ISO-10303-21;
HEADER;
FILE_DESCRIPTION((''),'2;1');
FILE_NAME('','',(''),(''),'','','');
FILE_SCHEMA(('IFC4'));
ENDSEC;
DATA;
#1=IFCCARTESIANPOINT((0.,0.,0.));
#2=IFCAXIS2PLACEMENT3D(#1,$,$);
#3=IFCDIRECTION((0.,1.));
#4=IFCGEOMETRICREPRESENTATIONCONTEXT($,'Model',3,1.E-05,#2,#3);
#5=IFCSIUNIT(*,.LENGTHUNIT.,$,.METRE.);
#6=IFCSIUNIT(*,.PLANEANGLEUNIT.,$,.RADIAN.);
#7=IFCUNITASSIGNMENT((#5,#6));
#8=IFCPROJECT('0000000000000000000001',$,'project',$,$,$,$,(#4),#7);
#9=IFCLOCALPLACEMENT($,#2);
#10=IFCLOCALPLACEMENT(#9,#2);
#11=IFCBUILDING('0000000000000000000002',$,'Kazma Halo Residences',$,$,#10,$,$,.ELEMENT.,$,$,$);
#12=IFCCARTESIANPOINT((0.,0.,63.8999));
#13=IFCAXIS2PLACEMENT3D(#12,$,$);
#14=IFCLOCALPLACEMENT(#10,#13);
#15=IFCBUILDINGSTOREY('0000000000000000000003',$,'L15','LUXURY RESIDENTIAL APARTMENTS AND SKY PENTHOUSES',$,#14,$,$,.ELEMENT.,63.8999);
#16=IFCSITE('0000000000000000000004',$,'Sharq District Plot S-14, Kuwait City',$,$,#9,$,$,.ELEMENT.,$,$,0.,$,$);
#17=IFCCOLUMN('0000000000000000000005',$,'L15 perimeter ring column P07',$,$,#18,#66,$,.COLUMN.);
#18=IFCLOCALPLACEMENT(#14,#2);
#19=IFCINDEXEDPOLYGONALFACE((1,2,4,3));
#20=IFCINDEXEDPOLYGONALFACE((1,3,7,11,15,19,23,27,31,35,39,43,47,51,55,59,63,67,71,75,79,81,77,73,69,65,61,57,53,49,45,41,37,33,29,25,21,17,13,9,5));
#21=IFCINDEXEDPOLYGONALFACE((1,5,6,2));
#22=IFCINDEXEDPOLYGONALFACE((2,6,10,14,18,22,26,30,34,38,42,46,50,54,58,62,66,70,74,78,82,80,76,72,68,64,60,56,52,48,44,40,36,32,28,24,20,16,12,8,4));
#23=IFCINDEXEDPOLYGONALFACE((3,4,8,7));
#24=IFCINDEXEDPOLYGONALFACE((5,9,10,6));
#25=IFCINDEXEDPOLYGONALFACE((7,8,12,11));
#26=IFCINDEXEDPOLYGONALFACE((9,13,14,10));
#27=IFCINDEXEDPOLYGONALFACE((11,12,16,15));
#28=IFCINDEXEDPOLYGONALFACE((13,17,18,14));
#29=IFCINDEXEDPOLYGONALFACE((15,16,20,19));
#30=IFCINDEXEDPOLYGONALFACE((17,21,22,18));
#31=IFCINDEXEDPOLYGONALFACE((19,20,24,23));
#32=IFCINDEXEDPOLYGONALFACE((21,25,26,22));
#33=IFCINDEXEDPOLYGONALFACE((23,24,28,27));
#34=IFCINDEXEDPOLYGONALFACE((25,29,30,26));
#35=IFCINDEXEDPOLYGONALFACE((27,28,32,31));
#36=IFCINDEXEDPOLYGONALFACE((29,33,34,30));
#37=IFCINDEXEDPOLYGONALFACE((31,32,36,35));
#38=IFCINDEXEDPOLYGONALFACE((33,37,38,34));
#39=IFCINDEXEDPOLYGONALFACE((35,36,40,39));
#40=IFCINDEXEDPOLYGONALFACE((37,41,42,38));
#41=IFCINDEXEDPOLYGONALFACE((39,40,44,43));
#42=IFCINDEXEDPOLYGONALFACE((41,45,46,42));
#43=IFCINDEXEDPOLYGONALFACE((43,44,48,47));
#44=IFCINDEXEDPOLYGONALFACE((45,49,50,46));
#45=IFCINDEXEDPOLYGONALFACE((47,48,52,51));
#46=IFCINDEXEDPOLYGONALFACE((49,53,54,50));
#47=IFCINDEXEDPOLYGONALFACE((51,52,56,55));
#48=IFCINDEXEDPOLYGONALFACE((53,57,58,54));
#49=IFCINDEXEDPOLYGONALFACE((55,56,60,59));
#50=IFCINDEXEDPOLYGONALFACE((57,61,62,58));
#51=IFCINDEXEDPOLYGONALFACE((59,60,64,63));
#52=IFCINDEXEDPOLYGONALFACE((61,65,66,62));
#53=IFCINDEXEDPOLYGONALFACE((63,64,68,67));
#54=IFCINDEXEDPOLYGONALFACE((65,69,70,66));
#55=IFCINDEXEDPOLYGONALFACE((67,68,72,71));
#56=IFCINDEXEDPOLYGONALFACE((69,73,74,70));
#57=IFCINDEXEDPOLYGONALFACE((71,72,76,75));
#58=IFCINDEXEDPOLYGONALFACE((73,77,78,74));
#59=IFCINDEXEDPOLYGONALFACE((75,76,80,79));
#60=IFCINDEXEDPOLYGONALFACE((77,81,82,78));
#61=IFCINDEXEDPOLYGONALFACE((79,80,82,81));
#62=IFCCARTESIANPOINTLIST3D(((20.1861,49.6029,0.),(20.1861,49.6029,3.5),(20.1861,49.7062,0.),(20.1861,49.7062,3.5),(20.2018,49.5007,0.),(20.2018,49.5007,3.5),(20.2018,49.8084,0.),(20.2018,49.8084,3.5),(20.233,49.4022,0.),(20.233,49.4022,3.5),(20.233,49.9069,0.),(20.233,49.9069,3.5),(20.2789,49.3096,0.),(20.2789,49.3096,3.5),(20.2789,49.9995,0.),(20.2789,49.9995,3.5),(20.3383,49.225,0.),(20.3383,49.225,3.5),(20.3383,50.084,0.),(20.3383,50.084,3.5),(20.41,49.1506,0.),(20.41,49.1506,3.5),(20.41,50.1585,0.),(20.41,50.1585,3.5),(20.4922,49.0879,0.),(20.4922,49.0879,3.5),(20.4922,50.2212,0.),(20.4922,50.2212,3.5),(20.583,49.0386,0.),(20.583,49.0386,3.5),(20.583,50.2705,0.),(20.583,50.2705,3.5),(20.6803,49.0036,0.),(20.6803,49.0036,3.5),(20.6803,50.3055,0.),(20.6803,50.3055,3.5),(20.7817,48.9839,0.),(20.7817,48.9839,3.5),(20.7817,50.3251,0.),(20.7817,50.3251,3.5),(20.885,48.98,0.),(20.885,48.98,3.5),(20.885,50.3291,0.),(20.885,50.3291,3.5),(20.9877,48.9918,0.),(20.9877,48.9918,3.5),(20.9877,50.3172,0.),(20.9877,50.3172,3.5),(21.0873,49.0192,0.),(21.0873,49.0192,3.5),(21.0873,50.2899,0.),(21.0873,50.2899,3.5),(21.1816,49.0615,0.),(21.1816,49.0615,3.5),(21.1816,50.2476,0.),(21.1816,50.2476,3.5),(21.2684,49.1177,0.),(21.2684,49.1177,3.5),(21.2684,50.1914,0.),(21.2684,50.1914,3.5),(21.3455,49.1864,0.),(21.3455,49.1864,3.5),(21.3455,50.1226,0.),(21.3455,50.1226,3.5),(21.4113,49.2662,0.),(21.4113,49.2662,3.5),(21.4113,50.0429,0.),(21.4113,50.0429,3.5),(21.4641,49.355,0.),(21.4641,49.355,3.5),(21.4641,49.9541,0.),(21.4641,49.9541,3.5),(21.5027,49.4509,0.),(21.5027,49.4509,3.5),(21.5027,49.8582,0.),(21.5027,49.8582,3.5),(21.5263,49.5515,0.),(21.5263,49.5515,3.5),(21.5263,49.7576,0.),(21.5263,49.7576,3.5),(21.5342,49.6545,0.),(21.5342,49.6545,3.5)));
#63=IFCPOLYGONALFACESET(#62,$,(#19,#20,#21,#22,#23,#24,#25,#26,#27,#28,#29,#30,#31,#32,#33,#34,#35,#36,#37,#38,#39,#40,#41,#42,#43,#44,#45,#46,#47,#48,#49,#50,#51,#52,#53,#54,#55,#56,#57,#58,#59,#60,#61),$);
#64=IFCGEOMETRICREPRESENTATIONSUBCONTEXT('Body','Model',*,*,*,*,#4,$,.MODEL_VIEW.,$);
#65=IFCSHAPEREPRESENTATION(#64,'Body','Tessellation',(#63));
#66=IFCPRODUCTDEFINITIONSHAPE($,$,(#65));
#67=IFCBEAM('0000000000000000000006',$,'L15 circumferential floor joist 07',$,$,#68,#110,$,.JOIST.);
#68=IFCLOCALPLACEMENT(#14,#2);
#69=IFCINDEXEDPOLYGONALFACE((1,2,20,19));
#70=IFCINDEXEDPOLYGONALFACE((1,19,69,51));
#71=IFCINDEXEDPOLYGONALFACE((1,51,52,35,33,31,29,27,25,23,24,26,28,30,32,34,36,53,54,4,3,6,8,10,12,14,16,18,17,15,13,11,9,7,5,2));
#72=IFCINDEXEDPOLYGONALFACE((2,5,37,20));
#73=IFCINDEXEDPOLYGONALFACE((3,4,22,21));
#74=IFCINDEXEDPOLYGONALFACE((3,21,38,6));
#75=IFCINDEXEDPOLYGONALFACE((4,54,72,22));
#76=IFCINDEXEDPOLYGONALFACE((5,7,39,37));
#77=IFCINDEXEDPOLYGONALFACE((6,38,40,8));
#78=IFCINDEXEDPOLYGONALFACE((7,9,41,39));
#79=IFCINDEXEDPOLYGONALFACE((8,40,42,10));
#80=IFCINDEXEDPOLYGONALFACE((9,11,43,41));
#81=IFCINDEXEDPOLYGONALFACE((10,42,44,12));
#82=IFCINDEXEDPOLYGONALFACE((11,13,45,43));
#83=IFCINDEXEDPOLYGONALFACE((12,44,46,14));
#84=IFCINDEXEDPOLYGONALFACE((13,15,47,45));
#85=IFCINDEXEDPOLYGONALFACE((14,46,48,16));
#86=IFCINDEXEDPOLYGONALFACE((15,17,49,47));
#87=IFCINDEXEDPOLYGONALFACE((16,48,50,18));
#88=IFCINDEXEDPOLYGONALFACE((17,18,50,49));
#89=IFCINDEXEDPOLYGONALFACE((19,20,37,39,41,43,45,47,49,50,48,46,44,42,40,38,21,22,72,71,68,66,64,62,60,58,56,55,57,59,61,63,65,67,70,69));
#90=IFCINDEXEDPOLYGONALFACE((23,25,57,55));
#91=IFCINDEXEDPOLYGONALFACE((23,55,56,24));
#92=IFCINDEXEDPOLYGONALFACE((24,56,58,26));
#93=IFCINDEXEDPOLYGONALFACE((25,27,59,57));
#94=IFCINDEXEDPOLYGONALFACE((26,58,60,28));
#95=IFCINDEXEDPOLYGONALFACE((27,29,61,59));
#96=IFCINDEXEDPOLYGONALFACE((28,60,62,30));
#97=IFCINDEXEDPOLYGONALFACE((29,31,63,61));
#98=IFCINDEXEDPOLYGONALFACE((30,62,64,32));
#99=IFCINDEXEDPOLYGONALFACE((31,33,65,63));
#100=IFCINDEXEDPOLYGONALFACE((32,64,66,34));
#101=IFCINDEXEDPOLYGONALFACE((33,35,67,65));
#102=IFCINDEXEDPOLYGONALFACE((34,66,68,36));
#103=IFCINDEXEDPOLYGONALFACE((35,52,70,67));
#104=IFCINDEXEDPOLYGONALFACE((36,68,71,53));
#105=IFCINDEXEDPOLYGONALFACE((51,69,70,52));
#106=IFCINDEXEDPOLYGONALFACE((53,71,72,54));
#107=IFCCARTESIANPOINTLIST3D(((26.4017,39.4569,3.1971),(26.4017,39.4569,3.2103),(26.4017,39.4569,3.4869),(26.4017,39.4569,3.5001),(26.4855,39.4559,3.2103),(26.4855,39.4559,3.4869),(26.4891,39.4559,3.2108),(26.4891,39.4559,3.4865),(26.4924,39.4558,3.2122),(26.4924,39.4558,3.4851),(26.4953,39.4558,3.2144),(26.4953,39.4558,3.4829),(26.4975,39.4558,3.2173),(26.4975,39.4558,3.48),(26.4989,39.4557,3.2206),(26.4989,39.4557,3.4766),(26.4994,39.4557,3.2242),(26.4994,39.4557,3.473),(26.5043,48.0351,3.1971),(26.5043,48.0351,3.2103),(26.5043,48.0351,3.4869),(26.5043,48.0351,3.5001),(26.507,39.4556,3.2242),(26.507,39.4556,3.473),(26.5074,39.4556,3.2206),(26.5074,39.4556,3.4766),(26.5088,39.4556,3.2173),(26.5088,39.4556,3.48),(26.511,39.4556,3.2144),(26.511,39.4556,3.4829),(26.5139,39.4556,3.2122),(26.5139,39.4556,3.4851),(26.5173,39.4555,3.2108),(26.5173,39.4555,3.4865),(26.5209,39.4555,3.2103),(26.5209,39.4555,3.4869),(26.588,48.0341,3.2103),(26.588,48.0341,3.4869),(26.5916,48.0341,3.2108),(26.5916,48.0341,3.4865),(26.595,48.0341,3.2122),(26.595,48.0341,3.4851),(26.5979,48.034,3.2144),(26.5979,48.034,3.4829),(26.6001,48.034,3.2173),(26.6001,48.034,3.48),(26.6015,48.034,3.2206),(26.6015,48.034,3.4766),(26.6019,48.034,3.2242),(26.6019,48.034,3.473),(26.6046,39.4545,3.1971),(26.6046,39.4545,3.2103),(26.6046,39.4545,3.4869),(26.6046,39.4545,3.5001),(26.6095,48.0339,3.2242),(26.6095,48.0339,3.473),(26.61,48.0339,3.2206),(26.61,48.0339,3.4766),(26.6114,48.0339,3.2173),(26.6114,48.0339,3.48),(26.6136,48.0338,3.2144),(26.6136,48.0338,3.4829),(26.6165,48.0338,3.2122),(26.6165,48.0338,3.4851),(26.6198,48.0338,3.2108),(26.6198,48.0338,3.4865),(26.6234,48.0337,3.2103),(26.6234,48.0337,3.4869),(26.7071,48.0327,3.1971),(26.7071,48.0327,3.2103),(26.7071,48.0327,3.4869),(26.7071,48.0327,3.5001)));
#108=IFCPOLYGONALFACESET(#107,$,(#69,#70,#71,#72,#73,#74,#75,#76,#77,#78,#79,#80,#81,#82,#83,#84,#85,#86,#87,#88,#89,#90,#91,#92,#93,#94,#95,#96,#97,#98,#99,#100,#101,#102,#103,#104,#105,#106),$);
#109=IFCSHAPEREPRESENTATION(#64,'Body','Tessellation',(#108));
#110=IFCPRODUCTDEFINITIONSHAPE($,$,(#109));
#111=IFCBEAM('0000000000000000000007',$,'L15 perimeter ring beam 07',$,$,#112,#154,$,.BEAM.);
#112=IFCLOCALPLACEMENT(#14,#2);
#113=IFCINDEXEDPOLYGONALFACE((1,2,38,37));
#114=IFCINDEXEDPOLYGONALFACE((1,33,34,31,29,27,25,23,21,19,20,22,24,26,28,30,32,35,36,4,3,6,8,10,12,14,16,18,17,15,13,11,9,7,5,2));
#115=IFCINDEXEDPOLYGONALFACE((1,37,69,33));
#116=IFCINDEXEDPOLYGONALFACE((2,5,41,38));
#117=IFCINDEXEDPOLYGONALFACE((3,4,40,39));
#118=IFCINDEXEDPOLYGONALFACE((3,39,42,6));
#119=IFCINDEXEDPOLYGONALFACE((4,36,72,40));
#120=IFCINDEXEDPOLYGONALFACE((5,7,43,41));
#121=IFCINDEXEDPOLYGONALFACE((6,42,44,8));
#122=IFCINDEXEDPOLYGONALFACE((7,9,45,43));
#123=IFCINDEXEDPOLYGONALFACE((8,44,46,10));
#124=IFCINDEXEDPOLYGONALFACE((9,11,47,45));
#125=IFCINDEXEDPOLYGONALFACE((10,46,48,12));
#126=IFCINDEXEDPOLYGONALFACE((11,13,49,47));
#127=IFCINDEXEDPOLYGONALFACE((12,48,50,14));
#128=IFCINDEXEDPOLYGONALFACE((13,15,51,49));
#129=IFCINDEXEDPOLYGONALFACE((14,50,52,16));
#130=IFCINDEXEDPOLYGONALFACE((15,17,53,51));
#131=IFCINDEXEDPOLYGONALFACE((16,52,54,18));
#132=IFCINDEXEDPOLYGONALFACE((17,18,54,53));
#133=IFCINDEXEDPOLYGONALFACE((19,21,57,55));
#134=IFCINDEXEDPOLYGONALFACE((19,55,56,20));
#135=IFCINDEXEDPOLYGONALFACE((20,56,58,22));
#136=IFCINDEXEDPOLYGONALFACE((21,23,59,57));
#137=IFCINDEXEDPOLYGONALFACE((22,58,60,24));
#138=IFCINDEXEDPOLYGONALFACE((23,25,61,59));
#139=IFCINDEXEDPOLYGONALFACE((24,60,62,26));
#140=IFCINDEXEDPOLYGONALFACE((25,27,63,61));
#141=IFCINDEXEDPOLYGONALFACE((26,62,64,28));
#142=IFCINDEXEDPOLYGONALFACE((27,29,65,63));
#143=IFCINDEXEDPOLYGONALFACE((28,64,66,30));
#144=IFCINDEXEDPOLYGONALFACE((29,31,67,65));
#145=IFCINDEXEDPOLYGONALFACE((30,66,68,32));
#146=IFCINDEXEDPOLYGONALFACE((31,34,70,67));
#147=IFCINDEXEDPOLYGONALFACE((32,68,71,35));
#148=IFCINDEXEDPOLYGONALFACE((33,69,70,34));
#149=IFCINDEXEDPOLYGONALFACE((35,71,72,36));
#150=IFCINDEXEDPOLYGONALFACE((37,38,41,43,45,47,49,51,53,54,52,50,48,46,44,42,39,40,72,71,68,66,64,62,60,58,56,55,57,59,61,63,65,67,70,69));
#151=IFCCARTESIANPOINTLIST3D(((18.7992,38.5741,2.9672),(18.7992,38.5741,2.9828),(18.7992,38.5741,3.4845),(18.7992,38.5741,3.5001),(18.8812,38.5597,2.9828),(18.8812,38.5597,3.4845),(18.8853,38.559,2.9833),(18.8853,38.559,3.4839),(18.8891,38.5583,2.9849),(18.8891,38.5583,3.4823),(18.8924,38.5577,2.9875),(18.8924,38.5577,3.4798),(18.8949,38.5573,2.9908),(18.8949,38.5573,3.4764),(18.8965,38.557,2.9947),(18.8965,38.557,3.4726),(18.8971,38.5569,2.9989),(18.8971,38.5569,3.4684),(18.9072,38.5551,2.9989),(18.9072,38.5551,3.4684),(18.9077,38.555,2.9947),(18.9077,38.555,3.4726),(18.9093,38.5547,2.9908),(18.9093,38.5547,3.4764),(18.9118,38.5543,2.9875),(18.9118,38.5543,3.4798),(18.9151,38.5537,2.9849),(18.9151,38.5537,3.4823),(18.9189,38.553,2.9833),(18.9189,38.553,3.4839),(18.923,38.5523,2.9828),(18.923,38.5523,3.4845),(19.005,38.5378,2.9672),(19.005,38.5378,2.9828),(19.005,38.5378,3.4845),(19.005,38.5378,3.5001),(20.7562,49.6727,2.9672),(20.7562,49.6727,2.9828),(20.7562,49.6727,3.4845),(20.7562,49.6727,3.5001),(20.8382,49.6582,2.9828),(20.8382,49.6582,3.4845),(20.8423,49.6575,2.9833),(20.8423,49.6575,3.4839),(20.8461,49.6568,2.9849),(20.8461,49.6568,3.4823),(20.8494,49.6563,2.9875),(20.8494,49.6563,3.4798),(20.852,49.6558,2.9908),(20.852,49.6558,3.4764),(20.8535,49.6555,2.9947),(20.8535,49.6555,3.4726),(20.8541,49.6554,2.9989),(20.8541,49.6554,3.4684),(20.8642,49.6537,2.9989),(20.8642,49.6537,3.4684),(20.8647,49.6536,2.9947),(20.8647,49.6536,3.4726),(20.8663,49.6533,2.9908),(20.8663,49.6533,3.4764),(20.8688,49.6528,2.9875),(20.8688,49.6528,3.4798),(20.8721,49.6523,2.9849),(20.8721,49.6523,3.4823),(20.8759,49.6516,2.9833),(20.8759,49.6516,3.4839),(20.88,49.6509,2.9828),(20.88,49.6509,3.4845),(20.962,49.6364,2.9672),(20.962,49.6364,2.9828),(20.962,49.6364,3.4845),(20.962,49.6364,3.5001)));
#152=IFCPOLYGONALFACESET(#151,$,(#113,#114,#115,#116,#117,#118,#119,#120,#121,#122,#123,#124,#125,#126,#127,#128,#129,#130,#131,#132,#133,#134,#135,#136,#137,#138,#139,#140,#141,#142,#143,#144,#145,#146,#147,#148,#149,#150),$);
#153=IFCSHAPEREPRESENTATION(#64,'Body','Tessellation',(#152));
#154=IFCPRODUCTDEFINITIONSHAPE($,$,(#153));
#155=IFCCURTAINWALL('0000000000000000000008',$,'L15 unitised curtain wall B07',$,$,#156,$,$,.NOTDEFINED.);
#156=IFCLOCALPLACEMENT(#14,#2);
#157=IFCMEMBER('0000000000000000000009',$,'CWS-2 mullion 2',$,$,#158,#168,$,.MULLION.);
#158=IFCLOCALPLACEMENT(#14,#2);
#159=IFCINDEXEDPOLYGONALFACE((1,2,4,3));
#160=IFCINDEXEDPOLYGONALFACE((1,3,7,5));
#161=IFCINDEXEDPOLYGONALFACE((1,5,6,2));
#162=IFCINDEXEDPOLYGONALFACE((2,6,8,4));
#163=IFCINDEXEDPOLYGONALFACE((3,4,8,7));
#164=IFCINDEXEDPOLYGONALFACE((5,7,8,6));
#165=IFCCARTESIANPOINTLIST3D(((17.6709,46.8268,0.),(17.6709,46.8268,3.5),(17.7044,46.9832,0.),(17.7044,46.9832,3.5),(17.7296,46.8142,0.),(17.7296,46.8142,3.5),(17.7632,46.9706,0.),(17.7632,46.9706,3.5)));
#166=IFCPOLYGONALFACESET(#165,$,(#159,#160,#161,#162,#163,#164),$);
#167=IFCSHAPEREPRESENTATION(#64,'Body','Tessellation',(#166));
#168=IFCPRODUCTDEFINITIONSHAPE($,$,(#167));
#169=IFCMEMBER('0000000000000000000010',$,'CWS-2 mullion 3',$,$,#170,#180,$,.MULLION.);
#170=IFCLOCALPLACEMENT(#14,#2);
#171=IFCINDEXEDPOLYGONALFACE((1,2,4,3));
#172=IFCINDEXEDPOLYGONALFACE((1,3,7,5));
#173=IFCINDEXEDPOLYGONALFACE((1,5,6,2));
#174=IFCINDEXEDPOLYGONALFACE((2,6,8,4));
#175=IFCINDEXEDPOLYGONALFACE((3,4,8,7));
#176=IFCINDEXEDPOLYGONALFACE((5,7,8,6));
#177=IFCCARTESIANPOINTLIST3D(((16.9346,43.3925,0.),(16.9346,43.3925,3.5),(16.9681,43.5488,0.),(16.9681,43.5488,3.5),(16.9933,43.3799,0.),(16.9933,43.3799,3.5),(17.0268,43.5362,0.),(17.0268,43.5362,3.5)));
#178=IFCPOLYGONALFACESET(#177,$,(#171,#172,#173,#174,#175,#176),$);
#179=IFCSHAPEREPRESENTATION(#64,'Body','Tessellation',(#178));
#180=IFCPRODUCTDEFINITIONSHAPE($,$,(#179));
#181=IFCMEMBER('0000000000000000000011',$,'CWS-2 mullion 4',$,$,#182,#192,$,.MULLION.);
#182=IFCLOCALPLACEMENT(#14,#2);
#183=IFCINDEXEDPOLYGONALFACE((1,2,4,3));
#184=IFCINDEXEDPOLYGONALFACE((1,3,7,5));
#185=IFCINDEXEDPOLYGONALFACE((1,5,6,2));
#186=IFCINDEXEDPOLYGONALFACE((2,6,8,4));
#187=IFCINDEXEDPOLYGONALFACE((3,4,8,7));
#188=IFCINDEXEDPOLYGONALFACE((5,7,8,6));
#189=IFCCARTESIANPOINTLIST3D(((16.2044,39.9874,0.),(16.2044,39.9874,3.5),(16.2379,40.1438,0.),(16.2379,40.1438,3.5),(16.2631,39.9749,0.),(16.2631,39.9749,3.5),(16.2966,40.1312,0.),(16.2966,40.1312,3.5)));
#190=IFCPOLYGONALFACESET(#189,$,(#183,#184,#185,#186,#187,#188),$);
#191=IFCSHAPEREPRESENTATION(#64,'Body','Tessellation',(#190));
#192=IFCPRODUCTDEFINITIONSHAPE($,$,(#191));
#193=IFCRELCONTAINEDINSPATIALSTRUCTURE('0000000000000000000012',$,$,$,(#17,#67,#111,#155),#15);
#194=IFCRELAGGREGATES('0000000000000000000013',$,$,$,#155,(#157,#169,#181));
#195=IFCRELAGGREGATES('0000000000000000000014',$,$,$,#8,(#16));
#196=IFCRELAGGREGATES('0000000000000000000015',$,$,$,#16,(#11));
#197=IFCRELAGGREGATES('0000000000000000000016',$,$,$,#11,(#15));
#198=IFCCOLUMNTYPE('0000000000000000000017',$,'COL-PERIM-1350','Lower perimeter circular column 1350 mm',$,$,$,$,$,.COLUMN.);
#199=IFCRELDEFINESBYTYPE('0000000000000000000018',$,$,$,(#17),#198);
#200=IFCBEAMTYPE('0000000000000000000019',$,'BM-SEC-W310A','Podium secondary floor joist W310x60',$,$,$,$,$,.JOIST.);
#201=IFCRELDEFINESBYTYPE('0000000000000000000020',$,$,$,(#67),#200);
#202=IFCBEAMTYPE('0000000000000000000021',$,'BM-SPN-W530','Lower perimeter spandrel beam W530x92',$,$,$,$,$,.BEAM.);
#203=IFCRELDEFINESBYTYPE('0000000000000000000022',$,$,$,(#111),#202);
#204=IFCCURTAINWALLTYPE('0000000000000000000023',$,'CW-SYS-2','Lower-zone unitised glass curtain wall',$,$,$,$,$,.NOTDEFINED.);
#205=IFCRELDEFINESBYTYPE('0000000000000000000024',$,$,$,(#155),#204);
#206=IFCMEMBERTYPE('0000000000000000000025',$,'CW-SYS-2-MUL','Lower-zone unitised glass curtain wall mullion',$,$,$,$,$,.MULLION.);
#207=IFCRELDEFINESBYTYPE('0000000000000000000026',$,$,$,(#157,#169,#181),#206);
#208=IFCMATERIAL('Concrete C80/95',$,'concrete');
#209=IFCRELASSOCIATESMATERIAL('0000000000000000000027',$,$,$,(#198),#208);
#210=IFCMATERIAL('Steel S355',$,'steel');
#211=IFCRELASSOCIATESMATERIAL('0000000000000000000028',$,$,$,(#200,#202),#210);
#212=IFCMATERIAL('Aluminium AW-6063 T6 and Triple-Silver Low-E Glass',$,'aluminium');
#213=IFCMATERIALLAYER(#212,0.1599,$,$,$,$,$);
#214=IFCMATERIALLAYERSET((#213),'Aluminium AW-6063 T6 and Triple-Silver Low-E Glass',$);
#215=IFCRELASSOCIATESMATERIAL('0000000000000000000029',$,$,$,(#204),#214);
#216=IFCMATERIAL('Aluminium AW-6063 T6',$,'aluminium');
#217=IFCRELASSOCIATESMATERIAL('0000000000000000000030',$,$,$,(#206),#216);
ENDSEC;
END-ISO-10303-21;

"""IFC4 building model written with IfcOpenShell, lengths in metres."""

from ifc_helpers import new_model, si_unit, direction, frame, origin, origin_2d, place, context, subcontext, project, spatial, rectangle, circle, i_section, extrude, material, layer, layer_set, material_profile, profile_set, type_object, element, aggregate, save


model = new_model("IFC4")

# Units and contexts
model_context = context("Model", 3, precision=1e-05, world=origin(), true_north=direction((0.0, 1.0)))
body_context = subcontext(model_context, "Body", "Model", "MODEL_VIEW")
ifc_project = project(units=[si_unit("LENGTHUNIT", "METRE"), si_unit("PLANEANGLEUNIT", "RADIAN")], contexts=[model_context])

# Site, building, storey
site_placement = place(None, origin())
site = spatial("IfcSite", under=ifc_project, at=site_placement, Name="Sharq District Plot S-14, Kuwait City", CompositionType="ELEMENT", RefElevation=0.0)
building_placement = place(site_placement, origin())
building = spatial("IfcBuilding", under=site, at=building_placement, Name="Kazma Halo Residences", CompositionType="ELEMENT")
storey_placement = place(building_placement, frame((0.0, 0.0, 63.8999)))
storey = spatial("IfcBuildingStorey", under=building, at=storey_placement, Name="L15", Description="LUXURY RESIDENTIAL APARTMENTS AND SKY PENTHOUSES", CompositionType="ELEMENT", Elevation=63.8999)

# Column
ifc_material_1 = material(Name="Concrete C80/95", Category="concrete")
ifc_material_profile_1 = material_profile(ifc_material_1, circle(Radius=0.675, at=origin_2d()), Name="CIRC1350")
ifc_profile_set_1 = profile_set([ifc_material_profile_1], Name="Concrete C80/95")
column_type = type_object("IfcColumnType", Name="COL-PERIM-1350", Description="Lower perimeter circular column 1350 mm", PredefinedType="COLUMN", material=ifc_profile_set_1)
column_placement = place(storey_placement, frame((20.8591, 49.6545, 0.0), z_axis=(0.0, 0.0, 1.0), x_axis=(1.0, 0.0, 0.0)))
element("IfcColumn", 1, at=column_placement, inside=storey, type_object=column_type, Name="L15 perimeter ring column P07", PredefinedType="COLUMN", context=body_context, shape_type="SweptSolid", body=[
    extrude(circle(Radius=0.675, at=origin_2d()), origin(), (0.0, 0.0, 1.0), 3.5),
])

# Beams
ifc_material_2 = material(Name="Steel S355", Category="steel")
ifc_material_profile_2 = material_profile(ifc_material_2, i_section(OverallWidth=0.2029, OverallDepth=0.303, WebThickness=0.0076, FlangeThickness=0.0132, FilletRadius=0.0139, at=origin_2d()), Name="W310x60")
ifc_profile_set_2 = profile_set([ifc_material_profile_2], Name="Steel S355")
beam_type_1 = type_object("IfcBeamType", Name="BM-SEC-W310A", Description="Podium secondary floor joist W310x60", PredefinedType="JOIST", material=ifc_profile_set_2)
beam_1_placement = place(storey_placement, frame((26.6057, 48.0339, 3.3486), z_axis=(-0.011953, -0.999929, 0.0), x_axis=(0.999929, -0.011953, 0.0)))
element("IfcBeam", 2, at=beam_1_placement, inside=storey, type_object=beam_type_1, Name="L15 circumferential floor joist 07", PredefinedType="JOIST", context=body_context, shape_type="SweptSolid", body=[
    extrude(i_section(OverallWidth=0.2029, OverallDepth=0.303, WebThickness=0.0076, FlangeThickness=0.0132, FilletRadius=0.0139, at=origin_2d()), origin(), (0.0, 0.0, 1.0), 8.5789),
])
ifc_material_profile_3 = material_profile(ifc_material_2, i_section(OverallWidth=0.209, OverallDepth=0.533, WebThickness=0.0103, FlangeThickness=0.0156, FilletRadius=0.0161, at=origin_2d()), Name="W530x92")
ifc_profile_set_3 = profile_set([ifc_material_profile_3], Name="Steel S355")
beam_type_2 = type_object("IfcBeamType", Name="BM-SPN-W530", Description="Lower perimeter spandrel beam W530x92", PredefinedType="BEAM", material=ifc_profile_set_3)
beam_2_placement = place(storey_placement, frame((20.8591, 49.6545, 3.2336), z_axis=(-0.173652, -0.984807, 0.0), x_axis=(0.984807, -0.173652, 0.0)))
element("IfcBeam", 3, at=beam_2_placement, inside=storey, type_object=beam_type_2, Name="L15 perimeter ring beam 07", PredefinedType="BEAM", context=body_context, shape_type="SweptSolid", body=[
    extrude(i_section(OverallWidth=0.209, OverallDepth=0.533, WebThickness=0.0103, FlangeThickness=0.0156, FilletRadius=0.0161, at=origin_2d()), origin(), (0.0, 0.0, 1.0), 11.2698),
])

# Curtain wall, members
ifc_material_3 = material(Name="Aluminium AW-6063 T6 and Triple-Silver Low-E Glass", Category="aluminium")
ifc_layer_1 = layer(ifc_material_3, 0.1599)
ifc_layer_set_1 = layer_set([ifc_layer_1], Name="Aluminium AW-6063 T6 and Triple-Silver Low-E Glass")
curtain_wall_type = type_object("IfcCurtainWallType", Name="CW-SYS-2", Description="Lower-zone unitised glass curtain wall", PredefinedType="NOTDEFINED", material=ifc_layer_set_1)
curtain_wall_placement = place(storey_placement, origin())
curtain_wall = element("IfcCurtainWall", 4, at=curtain_wall_placement, inside=storey, type_object=curtain_wall_type, Name="L15 unitised curtain wall B07", PredefinedType="NOTDEFINED")
ifc_material_4 = material(Name="Aluminium AW-6063 T6", Category="aluminium")
ifc_material_profile_4 = material_profile(ifc_material_4, rectangle(XDim=0.0601, YDim=0.1599, at=origin_2d()), Name="CWM-60x160")
ifc_profile_set_4 = profile_set([ifc_material_profile_4], Name="Aluminium AW-6063 T6")
member_type_1 = type_object("IfcMemberType", Name="CW-SYS-2-MUL", Description="Lower-zone unitised glass curtain wall mullion", PredefinedType="MULLION", material=ifc_profile_set_4)
member_1_placement = place(storey_placement, frame((17.717, 46.8987, 0.0), z_axis=(0.0, 0.0, 1.0), x_axis=(0.977779, -0.209637, 0.0)))
member_1 = element("IfcMember", 5, at=member_1_placement, type_object=member_type_1, Name="CWS-2 mullion 2", PredefinedType="MULLION", context=body_context, shape_type="SweptSolid", body=[
    extrude(rectangle(XDim=0.0601, YDim=0.1599, at=origin_2d()), origin(), (0.0, 0.0, 1.0), 3.5),
])
member_2_placement = place(storey_placement, frame((16.9807, 43.4644, 0.0), z_axis=(0.0, 0.0, 1.0), x_axis=(0.977779, -0.209637, 0.0)))
member_2 = element("IfcMember", 6, at=member_2_placement, type_object=member_type_1, Name="CWS-2 mullion 3", PredefinedType="MULLION", context=body_context, shape_type="SweptSolid", body=[
    extrude(rectangle(XDim=0.0601, YDim=0.1599, at=origin_2d()), origin(), (0.0, 0.0, 1.0), 3.5),
])
member_3_placement = place(storey_placement, frame((16.2505, 40.0593, 0.0), z_axis=(0.0, 0.0, 1.0), x_axis=(0.977779, -0.209637, 0.0)))
member_3 = element("IfcMember", 7, at=member_3_placement, type_object=member_type_1, Name="CWS-2 mullion 4", PredefinedType="MULLION", context=body_context, shape_type="SweptSolid", body=[
    extrude(rectangle(XDim=0.0601, YDim=0.1599, at=origin_2d()), origin(), (0.0, 0.0, 1.0), 3.5),
])
aggregate(curtain_wall, [member_1, member_2, member_3])

save(model, "model.ifc")
